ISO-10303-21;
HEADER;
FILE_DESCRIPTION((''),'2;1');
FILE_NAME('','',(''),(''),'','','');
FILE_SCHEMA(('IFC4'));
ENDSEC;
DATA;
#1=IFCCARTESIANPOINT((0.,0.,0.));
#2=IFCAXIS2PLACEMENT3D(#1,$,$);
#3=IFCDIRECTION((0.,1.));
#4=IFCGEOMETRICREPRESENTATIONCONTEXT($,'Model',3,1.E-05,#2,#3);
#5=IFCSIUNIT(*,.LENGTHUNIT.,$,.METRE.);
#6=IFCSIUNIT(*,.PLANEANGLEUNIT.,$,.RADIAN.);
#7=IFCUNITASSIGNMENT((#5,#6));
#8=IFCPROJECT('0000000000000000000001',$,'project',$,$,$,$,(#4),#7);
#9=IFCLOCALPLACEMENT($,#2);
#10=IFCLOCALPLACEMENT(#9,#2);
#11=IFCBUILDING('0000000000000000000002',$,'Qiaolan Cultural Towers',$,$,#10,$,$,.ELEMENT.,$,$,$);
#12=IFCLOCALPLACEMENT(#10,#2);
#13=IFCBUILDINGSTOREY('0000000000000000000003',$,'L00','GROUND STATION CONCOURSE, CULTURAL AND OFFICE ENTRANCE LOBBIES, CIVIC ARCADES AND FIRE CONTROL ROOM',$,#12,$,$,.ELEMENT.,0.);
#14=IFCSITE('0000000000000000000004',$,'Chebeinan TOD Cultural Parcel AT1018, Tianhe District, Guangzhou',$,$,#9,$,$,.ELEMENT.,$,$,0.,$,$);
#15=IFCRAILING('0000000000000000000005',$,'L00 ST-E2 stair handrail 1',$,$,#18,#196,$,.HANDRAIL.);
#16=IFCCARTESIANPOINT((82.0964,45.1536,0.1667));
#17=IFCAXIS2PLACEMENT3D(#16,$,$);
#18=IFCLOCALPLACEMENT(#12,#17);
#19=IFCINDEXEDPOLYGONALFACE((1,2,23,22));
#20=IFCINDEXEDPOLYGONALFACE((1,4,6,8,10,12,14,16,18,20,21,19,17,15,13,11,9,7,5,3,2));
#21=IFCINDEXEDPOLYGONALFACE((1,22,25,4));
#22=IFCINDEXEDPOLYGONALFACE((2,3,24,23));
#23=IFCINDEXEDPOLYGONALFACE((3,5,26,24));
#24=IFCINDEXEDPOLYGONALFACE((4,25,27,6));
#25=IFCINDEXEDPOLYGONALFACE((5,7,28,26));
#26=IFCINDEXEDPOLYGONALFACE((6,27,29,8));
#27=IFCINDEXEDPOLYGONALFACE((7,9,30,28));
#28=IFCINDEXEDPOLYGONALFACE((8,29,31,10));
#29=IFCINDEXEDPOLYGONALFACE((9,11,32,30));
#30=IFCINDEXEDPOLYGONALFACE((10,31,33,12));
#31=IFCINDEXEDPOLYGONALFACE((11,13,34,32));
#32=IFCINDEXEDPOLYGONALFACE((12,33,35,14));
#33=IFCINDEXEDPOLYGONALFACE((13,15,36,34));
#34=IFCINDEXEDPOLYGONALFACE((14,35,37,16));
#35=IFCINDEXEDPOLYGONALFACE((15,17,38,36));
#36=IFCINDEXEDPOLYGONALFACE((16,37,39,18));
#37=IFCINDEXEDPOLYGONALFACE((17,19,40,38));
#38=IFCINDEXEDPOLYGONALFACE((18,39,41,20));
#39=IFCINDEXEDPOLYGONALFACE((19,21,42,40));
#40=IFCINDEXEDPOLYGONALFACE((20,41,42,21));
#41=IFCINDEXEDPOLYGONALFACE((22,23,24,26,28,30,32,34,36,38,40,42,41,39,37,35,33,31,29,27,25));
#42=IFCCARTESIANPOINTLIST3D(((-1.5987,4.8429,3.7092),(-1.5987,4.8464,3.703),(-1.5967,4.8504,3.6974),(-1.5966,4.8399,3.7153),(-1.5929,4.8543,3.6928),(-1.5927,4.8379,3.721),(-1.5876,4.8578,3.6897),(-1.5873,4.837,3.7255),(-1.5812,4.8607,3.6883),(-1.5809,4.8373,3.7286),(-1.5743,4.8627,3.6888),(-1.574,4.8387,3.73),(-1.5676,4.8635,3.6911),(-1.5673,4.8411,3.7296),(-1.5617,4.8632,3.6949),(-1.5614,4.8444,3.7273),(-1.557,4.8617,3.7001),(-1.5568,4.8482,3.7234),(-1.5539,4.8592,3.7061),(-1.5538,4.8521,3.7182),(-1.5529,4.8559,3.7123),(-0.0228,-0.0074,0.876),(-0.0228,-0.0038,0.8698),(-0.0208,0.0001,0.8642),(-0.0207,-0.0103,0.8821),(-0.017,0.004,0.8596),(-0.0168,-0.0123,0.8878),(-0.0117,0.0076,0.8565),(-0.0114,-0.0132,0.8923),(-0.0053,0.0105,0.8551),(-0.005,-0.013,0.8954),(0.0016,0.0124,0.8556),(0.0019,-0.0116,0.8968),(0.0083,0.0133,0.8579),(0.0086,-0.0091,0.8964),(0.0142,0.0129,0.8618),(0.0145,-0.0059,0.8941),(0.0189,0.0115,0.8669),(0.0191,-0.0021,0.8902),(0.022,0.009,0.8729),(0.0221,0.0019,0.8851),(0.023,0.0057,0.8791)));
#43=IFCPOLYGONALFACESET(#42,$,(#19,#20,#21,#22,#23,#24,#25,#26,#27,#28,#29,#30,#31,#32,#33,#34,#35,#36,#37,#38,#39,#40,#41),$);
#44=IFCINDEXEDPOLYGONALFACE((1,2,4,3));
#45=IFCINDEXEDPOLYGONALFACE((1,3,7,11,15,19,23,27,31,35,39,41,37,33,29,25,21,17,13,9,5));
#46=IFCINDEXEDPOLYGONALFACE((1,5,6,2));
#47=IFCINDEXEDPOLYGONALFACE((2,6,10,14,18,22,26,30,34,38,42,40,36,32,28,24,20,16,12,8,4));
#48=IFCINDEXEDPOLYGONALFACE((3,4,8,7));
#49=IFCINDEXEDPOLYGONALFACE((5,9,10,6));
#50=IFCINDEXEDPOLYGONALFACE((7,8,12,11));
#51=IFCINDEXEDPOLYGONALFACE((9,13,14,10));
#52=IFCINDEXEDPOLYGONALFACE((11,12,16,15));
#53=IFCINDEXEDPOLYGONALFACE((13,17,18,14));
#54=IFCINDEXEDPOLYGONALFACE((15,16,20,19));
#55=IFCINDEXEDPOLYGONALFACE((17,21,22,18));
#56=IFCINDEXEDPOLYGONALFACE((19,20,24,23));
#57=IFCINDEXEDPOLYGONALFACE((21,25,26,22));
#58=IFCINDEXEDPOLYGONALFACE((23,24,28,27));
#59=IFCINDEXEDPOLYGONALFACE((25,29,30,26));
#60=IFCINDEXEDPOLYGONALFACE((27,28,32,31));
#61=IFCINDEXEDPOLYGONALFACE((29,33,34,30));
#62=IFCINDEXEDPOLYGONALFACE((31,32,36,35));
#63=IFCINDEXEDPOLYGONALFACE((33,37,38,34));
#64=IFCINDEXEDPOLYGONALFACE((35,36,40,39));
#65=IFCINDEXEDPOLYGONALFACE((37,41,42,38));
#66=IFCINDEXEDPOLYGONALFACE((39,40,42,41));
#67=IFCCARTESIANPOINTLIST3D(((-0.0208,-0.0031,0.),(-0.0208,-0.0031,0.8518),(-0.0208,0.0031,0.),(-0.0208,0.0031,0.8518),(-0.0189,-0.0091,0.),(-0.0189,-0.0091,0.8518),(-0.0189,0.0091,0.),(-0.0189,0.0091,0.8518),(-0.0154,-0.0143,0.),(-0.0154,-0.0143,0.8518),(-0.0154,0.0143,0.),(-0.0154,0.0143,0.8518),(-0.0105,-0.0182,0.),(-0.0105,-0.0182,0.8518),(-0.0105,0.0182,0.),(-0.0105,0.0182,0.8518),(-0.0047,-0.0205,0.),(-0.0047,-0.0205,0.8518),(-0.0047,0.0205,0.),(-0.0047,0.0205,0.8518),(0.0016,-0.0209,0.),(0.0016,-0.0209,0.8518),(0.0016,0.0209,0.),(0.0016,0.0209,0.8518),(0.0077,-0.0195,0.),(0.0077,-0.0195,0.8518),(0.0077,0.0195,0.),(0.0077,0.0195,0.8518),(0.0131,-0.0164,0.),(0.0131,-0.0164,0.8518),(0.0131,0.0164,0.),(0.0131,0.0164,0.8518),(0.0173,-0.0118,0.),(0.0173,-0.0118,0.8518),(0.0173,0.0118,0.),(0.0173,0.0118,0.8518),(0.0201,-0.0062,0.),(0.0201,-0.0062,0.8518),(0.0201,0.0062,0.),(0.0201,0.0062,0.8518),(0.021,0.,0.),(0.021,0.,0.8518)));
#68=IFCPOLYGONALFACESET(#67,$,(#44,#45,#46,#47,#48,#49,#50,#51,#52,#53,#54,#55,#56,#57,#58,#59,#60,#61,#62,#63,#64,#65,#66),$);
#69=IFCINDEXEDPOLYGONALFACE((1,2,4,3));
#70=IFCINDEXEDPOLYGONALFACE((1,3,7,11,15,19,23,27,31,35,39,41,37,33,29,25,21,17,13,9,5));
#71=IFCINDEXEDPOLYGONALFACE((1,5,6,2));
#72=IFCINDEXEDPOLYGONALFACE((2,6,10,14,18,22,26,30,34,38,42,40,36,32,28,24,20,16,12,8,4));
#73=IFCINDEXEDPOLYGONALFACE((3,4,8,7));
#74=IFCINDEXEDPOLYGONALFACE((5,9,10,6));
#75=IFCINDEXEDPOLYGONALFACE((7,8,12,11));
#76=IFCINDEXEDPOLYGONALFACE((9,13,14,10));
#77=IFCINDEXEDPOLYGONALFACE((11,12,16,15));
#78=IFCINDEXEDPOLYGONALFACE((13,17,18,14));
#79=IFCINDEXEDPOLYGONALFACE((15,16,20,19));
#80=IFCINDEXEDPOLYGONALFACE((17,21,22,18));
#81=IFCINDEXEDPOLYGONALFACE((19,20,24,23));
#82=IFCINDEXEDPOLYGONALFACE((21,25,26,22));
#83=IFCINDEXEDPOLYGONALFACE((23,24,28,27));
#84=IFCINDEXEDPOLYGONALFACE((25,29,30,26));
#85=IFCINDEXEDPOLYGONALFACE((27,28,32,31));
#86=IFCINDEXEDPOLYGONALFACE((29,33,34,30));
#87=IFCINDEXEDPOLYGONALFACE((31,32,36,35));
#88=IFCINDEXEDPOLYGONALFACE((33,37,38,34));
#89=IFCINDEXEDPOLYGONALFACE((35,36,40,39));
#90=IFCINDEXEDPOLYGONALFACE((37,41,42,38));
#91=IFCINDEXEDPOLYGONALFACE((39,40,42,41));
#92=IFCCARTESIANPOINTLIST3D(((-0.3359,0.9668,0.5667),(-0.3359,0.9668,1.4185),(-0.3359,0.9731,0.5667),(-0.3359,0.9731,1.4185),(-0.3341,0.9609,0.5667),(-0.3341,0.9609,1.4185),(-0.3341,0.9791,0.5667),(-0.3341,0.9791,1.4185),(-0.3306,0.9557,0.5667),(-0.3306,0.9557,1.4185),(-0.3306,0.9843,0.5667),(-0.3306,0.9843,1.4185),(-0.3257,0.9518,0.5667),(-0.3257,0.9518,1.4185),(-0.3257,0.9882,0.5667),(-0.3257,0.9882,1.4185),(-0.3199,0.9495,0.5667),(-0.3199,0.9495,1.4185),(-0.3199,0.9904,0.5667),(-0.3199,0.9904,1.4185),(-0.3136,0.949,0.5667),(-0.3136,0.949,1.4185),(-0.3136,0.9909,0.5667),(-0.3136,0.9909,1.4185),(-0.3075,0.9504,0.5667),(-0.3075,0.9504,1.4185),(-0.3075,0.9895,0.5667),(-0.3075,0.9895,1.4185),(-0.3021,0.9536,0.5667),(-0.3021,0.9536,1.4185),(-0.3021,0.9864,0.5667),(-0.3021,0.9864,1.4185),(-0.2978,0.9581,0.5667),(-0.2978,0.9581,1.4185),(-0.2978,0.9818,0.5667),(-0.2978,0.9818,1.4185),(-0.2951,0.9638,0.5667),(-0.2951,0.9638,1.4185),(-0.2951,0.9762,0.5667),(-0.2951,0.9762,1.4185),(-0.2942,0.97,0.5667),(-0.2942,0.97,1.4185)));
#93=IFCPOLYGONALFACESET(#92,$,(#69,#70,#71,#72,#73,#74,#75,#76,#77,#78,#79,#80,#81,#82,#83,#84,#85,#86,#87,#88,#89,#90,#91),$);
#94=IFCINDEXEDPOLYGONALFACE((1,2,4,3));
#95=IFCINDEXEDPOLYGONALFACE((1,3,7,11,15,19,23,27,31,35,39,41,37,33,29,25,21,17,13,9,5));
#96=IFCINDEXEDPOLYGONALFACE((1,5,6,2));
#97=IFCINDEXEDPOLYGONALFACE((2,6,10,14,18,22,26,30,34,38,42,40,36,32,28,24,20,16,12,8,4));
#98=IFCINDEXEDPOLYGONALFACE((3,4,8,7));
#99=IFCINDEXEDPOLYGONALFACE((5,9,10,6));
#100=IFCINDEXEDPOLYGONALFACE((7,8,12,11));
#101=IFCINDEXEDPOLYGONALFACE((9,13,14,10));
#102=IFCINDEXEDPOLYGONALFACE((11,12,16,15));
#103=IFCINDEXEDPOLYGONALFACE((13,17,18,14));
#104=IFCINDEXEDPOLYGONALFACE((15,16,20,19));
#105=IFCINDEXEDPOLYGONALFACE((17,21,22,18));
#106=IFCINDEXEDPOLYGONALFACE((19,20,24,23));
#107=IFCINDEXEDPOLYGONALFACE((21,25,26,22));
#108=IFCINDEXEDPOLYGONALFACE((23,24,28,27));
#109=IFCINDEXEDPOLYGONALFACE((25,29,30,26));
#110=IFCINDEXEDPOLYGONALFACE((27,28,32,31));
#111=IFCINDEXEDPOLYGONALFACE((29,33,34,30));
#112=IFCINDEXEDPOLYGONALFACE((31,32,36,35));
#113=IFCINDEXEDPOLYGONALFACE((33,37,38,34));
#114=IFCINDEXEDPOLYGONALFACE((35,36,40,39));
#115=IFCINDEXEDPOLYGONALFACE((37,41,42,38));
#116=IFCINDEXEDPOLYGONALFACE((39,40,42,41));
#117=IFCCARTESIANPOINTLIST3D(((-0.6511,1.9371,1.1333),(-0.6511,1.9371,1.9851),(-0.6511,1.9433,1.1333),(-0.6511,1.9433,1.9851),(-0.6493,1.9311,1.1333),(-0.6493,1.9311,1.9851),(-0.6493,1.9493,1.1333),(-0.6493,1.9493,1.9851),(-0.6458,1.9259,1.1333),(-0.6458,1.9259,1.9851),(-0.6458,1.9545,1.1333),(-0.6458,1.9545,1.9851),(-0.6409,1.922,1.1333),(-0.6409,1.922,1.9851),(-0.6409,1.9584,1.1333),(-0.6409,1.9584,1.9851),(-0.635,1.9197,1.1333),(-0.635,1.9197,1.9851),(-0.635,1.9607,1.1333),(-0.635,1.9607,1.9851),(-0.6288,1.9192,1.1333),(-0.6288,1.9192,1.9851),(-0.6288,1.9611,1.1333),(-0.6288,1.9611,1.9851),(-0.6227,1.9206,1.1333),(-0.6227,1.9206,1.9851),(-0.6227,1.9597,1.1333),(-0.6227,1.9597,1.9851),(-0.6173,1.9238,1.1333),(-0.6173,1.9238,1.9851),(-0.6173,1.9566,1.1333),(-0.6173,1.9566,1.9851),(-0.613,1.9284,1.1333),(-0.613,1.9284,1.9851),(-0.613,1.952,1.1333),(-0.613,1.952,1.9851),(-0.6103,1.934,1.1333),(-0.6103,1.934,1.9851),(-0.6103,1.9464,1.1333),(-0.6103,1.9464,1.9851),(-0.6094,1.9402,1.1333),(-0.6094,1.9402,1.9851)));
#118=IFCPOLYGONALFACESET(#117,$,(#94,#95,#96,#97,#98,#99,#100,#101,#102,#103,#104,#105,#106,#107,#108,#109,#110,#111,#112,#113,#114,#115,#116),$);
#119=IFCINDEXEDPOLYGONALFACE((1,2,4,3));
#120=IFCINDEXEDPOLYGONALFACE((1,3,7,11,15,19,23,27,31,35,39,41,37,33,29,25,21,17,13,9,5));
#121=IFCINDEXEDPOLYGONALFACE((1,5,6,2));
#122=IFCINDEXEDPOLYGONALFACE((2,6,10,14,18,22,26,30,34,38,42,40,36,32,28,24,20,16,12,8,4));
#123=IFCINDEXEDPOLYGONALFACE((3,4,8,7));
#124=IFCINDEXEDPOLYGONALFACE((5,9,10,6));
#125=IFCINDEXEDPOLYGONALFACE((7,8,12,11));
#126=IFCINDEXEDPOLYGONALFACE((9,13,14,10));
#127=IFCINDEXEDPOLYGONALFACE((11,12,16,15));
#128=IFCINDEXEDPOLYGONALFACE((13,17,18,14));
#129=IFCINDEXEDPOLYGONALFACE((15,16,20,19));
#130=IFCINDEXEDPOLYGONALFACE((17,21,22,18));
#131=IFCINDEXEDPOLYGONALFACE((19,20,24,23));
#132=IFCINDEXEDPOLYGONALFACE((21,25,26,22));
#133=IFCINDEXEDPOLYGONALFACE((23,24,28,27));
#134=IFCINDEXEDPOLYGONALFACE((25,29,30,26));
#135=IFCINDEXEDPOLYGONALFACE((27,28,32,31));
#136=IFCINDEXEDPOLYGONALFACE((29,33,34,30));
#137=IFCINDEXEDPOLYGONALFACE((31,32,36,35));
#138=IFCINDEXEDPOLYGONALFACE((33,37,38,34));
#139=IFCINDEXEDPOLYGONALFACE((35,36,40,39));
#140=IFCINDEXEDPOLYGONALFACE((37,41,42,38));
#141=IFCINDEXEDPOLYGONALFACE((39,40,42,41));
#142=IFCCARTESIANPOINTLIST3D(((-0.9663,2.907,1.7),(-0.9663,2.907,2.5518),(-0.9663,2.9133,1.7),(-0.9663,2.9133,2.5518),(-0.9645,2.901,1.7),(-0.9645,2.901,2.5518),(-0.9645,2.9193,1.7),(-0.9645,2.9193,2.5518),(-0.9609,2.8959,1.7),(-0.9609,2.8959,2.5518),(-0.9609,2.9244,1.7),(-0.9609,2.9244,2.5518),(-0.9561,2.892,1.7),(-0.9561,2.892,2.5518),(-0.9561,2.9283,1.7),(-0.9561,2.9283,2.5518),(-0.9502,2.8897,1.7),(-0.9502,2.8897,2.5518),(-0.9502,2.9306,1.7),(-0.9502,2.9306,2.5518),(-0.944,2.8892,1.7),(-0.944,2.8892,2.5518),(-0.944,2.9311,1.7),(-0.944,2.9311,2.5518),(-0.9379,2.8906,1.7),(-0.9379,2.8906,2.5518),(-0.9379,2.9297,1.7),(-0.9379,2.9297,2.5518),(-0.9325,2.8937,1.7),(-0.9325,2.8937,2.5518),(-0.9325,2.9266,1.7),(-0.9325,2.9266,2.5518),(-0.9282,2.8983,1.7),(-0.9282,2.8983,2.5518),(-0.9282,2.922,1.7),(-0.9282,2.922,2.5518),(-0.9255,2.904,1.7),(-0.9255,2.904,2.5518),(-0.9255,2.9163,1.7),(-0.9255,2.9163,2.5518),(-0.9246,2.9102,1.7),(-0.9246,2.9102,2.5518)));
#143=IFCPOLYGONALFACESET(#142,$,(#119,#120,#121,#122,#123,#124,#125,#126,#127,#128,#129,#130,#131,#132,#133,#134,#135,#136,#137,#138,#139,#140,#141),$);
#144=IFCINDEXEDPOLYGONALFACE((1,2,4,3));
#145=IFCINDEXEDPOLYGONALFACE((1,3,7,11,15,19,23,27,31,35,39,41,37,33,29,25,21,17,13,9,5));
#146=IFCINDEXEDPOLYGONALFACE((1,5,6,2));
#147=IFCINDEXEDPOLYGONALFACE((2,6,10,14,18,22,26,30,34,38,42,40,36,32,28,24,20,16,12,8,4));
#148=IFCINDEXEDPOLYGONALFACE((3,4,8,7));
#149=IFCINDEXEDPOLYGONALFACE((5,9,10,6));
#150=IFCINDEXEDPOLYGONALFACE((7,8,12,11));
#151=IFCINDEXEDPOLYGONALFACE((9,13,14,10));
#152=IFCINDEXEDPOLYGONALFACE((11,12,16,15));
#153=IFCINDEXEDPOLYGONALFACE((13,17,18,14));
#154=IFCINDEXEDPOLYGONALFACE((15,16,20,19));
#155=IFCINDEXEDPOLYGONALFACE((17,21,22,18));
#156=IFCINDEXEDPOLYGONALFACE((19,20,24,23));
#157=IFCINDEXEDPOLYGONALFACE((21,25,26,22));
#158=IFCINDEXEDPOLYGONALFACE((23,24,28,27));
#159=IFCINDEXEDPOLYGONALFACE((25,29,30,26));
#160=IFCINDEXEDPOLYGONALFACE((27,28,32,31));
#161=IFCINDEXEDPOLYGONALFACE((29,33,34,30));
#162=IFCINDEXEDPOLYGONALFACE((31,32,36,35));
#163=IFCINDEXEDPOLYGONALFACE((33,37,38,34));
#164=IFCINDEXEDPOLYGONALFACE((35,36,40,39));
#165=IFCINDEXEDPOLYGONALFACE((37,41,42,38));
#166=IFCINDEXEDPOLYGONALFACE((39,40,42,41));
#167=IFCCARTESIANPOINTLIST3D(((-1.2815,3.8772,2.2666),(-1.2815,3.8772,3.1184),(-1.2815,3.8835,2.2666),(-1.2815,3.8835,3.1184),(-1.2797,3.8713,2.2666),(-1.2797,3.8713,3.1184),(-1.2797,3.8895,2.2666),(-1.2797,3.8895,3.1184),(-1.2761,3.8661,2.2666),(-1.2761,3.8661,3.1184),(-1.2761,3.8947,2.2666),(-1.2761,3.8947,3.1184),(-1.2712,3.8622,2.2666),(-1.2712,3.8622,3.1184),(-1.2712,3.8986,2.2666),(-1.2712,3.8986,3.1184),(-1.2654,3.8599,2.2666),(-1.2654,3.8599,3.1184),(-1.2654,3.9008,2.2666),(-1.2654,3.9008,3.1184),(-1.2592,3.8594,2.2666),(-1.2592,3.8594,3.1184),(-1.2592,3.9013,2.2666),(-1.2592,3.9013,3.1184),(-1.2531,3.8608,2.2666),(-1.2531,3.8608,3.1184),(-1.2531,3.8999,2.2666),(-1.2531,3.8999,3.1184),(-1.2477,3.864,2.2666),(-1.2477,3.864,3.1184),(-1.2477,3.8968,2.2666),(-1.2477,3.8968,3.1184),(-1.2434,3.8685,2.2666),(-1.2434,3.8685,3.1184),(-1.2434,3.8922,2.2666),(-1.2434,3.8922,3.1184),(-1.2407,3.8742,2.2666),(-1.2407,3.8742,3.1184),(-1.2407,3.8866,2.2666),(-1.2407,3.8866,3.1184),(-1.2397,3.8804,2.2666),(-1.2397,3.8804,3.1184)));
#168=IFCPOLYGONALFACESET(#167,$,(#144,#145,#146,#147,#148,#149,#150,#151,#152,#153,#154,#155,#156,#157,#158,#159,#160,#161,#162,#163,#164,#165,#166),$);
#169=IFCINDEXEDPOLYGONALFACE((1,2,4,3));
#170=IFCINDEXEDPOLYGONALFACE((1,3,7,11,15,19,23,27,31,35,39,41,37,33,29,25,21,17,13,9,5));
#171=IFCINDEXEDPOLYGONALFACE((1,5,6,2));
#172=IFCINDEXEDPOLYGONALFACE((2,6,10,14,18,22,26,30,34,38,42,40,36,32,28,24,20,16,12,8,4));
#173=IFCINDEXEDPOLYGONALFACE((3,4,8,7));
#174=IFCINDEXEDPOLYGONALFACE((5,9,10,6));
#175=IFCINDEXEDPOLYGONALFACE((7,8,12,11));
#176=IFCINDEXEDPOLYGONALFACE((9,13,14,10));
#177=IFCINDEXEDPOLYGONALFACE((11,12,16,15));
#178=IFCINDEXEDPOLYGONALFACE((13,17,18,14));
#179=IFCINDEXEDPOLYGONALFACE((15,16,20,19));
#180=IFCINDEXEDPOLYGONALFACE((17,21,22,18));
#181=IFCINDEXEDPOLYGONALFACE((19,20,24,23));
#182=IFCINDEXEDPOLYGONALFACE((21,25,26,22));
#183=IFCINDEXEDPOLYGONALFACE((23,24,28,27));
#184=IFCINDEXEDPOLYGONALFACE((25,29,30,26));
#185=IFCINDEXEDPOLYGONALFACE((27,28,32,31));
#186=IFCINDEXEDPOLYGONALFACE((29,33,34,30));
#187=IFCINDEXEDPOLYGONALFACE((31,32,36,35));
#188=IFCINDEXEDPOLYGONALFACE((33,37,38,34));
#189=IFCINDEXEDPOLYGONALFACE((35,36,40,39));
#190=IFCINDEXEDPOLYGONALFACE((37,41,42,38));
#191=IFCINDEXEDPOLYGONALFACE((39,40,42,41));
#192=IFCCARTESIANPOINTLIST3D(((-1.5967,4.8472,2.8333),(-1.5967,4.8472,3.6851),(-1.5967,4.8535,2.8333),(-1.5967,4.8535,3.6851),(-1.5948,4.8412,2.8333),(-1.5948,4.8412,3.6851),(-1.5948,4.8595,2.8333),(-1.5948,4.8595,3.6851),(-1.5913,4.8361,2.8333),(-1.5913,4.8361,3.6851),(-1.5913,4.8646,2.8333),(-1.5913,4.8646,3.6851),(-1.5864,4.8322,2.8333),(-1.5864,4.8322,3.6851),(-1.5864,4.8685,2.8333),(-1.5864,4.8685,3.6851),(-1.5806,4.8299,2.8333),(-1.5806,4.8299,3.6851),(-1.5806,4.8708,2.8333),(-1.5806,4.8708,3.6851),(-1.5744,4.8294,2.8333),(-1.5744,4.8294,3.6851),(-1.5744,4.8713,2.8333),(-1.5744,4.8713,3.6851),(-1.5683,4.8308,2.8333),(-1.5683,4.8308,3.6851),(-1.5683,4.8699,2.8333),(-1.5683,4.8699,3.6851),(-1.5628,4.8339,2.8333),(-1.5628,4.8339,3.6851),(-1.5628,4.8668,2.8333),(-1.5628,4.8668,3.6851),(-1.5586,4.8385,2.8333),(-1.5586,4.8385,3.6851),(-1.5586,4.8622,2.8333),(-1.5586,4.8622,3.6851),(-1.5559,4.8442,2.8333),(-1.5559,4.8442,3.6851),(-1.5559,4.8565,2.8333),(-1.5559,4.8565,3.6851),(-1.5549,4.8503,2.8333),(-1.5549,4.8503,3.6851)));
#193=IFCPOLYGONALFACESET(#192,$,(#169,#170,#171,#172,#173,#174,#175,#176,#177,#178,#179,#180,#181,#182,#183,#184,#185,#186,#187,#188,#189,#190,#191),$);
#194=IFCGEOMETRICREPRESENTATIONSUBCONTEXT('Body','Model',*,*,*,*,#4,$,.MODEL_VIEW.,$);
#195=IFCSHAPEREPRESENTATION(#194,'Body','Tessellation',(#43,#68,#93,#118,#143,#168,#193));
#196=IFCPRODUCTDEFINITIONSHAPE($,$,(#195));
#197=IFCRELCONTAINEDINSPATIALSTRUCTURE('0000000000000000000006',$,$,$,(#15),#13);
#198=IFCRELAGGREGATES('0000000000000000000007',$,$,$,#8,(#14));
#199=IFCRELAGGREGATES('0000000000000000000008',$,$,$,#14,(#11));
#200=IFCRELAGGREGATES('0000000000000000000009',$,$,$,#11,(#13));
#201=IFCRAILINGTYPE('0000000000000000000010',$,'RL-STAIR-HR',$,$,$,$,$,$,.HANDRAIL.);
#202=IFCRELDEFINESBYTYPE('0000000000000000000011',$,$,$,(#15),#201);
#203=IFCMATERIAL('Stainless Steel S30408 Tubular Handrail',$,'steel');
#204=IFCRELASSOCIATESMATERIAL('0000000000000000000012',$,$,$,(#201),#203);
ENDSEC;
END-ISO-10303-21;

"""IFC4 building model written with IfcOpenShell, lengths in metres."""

from ifc_helpers import new_model, si_unit, direction, frame, origin, origin_2d, place, context, subcontext, project, spatial, circle, extrude, material, type_object, element, save


model = new_model("IFC4")

# Units and contexts
model_context = context("Model", 3, precision=1e-05, world=origin(), true_north=direction((0.0, 1.0)))
body_context = subcontext(model_context, "Body", "Model", "MODEL_VIEW")
ifc_project = project(units=[si_unit("LENGTHUNIT", "METRE"), si_unit("PLANEANGLEUNIT", "RADIAN")], contexts=[model_context])

# Site, building, storey
site_placement = place(None, origin())
site = spatial("IfcSite", under=ifc_project, at=site_placement, Name="Chebeinan TOD Cultural Parcel AT1018, Tianhe District, Guangzhou", CompositionType="ELEMENT", RefElevation=0.0)
building_placement = place(site_placement, origin())
building = spatial("IfcBuilding", under=site, at=building_placement, Name="Qiaolan Cultural Towers", CompositionType="ELEMENT")
storey_placement = place(building_placement, origin())
storey = spatial("IfcBuildingStorey", under=building, at=storey_placement, Name="L00", Description="GROUND STATION CONCOURSE, CULTURAL AND OFFICE ENTRANCE LOBBIES, CIVIC ARCADES AND FIRE CONTROL ROOM", CompositionType="ELEMENT", Elevation=0.0)

# Railing
ifc_material_1 = material(Name="Stainless Steel S30408 Tubular Handrail", Category="steel")
railing_type_1 = type_object("IfcRailingType", Name="RL-STAIR-HR", PredefinedType="HANDRAIL", material=ifc_material_1)
railing_1_placement = place(storey_placement, frame((82.0964, 45.1536, 0.1667)))
element("IfcRailing", 1, at=railing_1_placement, inside=storey, type_object=railing_type_1, Name="L00 ST-E2 stair handrail 1", PredefinedType="HANDRAIL", context=body_context, shape_type="SweptSolid", body=[
    extrude(circle(Radius=0.0239, at=origin_2d()), frame((0.0, 0.0, 0.876), z_axis=(-0.270124, 0.831378, 0.485637), x_axis=(-0.951059, -0.309009, 0.0)), (0.0, 0.0, 1.0), 5.834),
    extrude(circle(Radius=0.021, at=origin_2d()), origin(), (0.0, 0.0, 1.0), 0.8518),
    extrude(circle(Radius=0.021, at=origin_2d()), frame((-0.3152, 0.97, 0.5667)), (0.0, 0.0, 1.0), 0.8518),
    extrude(circle(Radius=0.021, at=origin_2d()), frame((-0.6304, 1.9402, 1.1333)), (0.0, 0.0, 1.0), 0.8518),
    extrude(circle(Radius=0.021, at=origin_2d()), frame((-0.9456, 2.9102, 1.7)), (0.0, 0.0, 1.0), 0.8518),
    extrude(circle(Radius=0.021, at=origin_2d()), frame((-1.2607, 3.8804, 2.2666)), (0.0, 0.0, 1.0), 0.8518),
    extrude(circle(Radius=0.021, at=origin_2d()), frame((-1.5759, 4.8503, 2.8333)), (0.0, 0.0, 1.0), 0.8518),
])

save(model, "model.ifc")
